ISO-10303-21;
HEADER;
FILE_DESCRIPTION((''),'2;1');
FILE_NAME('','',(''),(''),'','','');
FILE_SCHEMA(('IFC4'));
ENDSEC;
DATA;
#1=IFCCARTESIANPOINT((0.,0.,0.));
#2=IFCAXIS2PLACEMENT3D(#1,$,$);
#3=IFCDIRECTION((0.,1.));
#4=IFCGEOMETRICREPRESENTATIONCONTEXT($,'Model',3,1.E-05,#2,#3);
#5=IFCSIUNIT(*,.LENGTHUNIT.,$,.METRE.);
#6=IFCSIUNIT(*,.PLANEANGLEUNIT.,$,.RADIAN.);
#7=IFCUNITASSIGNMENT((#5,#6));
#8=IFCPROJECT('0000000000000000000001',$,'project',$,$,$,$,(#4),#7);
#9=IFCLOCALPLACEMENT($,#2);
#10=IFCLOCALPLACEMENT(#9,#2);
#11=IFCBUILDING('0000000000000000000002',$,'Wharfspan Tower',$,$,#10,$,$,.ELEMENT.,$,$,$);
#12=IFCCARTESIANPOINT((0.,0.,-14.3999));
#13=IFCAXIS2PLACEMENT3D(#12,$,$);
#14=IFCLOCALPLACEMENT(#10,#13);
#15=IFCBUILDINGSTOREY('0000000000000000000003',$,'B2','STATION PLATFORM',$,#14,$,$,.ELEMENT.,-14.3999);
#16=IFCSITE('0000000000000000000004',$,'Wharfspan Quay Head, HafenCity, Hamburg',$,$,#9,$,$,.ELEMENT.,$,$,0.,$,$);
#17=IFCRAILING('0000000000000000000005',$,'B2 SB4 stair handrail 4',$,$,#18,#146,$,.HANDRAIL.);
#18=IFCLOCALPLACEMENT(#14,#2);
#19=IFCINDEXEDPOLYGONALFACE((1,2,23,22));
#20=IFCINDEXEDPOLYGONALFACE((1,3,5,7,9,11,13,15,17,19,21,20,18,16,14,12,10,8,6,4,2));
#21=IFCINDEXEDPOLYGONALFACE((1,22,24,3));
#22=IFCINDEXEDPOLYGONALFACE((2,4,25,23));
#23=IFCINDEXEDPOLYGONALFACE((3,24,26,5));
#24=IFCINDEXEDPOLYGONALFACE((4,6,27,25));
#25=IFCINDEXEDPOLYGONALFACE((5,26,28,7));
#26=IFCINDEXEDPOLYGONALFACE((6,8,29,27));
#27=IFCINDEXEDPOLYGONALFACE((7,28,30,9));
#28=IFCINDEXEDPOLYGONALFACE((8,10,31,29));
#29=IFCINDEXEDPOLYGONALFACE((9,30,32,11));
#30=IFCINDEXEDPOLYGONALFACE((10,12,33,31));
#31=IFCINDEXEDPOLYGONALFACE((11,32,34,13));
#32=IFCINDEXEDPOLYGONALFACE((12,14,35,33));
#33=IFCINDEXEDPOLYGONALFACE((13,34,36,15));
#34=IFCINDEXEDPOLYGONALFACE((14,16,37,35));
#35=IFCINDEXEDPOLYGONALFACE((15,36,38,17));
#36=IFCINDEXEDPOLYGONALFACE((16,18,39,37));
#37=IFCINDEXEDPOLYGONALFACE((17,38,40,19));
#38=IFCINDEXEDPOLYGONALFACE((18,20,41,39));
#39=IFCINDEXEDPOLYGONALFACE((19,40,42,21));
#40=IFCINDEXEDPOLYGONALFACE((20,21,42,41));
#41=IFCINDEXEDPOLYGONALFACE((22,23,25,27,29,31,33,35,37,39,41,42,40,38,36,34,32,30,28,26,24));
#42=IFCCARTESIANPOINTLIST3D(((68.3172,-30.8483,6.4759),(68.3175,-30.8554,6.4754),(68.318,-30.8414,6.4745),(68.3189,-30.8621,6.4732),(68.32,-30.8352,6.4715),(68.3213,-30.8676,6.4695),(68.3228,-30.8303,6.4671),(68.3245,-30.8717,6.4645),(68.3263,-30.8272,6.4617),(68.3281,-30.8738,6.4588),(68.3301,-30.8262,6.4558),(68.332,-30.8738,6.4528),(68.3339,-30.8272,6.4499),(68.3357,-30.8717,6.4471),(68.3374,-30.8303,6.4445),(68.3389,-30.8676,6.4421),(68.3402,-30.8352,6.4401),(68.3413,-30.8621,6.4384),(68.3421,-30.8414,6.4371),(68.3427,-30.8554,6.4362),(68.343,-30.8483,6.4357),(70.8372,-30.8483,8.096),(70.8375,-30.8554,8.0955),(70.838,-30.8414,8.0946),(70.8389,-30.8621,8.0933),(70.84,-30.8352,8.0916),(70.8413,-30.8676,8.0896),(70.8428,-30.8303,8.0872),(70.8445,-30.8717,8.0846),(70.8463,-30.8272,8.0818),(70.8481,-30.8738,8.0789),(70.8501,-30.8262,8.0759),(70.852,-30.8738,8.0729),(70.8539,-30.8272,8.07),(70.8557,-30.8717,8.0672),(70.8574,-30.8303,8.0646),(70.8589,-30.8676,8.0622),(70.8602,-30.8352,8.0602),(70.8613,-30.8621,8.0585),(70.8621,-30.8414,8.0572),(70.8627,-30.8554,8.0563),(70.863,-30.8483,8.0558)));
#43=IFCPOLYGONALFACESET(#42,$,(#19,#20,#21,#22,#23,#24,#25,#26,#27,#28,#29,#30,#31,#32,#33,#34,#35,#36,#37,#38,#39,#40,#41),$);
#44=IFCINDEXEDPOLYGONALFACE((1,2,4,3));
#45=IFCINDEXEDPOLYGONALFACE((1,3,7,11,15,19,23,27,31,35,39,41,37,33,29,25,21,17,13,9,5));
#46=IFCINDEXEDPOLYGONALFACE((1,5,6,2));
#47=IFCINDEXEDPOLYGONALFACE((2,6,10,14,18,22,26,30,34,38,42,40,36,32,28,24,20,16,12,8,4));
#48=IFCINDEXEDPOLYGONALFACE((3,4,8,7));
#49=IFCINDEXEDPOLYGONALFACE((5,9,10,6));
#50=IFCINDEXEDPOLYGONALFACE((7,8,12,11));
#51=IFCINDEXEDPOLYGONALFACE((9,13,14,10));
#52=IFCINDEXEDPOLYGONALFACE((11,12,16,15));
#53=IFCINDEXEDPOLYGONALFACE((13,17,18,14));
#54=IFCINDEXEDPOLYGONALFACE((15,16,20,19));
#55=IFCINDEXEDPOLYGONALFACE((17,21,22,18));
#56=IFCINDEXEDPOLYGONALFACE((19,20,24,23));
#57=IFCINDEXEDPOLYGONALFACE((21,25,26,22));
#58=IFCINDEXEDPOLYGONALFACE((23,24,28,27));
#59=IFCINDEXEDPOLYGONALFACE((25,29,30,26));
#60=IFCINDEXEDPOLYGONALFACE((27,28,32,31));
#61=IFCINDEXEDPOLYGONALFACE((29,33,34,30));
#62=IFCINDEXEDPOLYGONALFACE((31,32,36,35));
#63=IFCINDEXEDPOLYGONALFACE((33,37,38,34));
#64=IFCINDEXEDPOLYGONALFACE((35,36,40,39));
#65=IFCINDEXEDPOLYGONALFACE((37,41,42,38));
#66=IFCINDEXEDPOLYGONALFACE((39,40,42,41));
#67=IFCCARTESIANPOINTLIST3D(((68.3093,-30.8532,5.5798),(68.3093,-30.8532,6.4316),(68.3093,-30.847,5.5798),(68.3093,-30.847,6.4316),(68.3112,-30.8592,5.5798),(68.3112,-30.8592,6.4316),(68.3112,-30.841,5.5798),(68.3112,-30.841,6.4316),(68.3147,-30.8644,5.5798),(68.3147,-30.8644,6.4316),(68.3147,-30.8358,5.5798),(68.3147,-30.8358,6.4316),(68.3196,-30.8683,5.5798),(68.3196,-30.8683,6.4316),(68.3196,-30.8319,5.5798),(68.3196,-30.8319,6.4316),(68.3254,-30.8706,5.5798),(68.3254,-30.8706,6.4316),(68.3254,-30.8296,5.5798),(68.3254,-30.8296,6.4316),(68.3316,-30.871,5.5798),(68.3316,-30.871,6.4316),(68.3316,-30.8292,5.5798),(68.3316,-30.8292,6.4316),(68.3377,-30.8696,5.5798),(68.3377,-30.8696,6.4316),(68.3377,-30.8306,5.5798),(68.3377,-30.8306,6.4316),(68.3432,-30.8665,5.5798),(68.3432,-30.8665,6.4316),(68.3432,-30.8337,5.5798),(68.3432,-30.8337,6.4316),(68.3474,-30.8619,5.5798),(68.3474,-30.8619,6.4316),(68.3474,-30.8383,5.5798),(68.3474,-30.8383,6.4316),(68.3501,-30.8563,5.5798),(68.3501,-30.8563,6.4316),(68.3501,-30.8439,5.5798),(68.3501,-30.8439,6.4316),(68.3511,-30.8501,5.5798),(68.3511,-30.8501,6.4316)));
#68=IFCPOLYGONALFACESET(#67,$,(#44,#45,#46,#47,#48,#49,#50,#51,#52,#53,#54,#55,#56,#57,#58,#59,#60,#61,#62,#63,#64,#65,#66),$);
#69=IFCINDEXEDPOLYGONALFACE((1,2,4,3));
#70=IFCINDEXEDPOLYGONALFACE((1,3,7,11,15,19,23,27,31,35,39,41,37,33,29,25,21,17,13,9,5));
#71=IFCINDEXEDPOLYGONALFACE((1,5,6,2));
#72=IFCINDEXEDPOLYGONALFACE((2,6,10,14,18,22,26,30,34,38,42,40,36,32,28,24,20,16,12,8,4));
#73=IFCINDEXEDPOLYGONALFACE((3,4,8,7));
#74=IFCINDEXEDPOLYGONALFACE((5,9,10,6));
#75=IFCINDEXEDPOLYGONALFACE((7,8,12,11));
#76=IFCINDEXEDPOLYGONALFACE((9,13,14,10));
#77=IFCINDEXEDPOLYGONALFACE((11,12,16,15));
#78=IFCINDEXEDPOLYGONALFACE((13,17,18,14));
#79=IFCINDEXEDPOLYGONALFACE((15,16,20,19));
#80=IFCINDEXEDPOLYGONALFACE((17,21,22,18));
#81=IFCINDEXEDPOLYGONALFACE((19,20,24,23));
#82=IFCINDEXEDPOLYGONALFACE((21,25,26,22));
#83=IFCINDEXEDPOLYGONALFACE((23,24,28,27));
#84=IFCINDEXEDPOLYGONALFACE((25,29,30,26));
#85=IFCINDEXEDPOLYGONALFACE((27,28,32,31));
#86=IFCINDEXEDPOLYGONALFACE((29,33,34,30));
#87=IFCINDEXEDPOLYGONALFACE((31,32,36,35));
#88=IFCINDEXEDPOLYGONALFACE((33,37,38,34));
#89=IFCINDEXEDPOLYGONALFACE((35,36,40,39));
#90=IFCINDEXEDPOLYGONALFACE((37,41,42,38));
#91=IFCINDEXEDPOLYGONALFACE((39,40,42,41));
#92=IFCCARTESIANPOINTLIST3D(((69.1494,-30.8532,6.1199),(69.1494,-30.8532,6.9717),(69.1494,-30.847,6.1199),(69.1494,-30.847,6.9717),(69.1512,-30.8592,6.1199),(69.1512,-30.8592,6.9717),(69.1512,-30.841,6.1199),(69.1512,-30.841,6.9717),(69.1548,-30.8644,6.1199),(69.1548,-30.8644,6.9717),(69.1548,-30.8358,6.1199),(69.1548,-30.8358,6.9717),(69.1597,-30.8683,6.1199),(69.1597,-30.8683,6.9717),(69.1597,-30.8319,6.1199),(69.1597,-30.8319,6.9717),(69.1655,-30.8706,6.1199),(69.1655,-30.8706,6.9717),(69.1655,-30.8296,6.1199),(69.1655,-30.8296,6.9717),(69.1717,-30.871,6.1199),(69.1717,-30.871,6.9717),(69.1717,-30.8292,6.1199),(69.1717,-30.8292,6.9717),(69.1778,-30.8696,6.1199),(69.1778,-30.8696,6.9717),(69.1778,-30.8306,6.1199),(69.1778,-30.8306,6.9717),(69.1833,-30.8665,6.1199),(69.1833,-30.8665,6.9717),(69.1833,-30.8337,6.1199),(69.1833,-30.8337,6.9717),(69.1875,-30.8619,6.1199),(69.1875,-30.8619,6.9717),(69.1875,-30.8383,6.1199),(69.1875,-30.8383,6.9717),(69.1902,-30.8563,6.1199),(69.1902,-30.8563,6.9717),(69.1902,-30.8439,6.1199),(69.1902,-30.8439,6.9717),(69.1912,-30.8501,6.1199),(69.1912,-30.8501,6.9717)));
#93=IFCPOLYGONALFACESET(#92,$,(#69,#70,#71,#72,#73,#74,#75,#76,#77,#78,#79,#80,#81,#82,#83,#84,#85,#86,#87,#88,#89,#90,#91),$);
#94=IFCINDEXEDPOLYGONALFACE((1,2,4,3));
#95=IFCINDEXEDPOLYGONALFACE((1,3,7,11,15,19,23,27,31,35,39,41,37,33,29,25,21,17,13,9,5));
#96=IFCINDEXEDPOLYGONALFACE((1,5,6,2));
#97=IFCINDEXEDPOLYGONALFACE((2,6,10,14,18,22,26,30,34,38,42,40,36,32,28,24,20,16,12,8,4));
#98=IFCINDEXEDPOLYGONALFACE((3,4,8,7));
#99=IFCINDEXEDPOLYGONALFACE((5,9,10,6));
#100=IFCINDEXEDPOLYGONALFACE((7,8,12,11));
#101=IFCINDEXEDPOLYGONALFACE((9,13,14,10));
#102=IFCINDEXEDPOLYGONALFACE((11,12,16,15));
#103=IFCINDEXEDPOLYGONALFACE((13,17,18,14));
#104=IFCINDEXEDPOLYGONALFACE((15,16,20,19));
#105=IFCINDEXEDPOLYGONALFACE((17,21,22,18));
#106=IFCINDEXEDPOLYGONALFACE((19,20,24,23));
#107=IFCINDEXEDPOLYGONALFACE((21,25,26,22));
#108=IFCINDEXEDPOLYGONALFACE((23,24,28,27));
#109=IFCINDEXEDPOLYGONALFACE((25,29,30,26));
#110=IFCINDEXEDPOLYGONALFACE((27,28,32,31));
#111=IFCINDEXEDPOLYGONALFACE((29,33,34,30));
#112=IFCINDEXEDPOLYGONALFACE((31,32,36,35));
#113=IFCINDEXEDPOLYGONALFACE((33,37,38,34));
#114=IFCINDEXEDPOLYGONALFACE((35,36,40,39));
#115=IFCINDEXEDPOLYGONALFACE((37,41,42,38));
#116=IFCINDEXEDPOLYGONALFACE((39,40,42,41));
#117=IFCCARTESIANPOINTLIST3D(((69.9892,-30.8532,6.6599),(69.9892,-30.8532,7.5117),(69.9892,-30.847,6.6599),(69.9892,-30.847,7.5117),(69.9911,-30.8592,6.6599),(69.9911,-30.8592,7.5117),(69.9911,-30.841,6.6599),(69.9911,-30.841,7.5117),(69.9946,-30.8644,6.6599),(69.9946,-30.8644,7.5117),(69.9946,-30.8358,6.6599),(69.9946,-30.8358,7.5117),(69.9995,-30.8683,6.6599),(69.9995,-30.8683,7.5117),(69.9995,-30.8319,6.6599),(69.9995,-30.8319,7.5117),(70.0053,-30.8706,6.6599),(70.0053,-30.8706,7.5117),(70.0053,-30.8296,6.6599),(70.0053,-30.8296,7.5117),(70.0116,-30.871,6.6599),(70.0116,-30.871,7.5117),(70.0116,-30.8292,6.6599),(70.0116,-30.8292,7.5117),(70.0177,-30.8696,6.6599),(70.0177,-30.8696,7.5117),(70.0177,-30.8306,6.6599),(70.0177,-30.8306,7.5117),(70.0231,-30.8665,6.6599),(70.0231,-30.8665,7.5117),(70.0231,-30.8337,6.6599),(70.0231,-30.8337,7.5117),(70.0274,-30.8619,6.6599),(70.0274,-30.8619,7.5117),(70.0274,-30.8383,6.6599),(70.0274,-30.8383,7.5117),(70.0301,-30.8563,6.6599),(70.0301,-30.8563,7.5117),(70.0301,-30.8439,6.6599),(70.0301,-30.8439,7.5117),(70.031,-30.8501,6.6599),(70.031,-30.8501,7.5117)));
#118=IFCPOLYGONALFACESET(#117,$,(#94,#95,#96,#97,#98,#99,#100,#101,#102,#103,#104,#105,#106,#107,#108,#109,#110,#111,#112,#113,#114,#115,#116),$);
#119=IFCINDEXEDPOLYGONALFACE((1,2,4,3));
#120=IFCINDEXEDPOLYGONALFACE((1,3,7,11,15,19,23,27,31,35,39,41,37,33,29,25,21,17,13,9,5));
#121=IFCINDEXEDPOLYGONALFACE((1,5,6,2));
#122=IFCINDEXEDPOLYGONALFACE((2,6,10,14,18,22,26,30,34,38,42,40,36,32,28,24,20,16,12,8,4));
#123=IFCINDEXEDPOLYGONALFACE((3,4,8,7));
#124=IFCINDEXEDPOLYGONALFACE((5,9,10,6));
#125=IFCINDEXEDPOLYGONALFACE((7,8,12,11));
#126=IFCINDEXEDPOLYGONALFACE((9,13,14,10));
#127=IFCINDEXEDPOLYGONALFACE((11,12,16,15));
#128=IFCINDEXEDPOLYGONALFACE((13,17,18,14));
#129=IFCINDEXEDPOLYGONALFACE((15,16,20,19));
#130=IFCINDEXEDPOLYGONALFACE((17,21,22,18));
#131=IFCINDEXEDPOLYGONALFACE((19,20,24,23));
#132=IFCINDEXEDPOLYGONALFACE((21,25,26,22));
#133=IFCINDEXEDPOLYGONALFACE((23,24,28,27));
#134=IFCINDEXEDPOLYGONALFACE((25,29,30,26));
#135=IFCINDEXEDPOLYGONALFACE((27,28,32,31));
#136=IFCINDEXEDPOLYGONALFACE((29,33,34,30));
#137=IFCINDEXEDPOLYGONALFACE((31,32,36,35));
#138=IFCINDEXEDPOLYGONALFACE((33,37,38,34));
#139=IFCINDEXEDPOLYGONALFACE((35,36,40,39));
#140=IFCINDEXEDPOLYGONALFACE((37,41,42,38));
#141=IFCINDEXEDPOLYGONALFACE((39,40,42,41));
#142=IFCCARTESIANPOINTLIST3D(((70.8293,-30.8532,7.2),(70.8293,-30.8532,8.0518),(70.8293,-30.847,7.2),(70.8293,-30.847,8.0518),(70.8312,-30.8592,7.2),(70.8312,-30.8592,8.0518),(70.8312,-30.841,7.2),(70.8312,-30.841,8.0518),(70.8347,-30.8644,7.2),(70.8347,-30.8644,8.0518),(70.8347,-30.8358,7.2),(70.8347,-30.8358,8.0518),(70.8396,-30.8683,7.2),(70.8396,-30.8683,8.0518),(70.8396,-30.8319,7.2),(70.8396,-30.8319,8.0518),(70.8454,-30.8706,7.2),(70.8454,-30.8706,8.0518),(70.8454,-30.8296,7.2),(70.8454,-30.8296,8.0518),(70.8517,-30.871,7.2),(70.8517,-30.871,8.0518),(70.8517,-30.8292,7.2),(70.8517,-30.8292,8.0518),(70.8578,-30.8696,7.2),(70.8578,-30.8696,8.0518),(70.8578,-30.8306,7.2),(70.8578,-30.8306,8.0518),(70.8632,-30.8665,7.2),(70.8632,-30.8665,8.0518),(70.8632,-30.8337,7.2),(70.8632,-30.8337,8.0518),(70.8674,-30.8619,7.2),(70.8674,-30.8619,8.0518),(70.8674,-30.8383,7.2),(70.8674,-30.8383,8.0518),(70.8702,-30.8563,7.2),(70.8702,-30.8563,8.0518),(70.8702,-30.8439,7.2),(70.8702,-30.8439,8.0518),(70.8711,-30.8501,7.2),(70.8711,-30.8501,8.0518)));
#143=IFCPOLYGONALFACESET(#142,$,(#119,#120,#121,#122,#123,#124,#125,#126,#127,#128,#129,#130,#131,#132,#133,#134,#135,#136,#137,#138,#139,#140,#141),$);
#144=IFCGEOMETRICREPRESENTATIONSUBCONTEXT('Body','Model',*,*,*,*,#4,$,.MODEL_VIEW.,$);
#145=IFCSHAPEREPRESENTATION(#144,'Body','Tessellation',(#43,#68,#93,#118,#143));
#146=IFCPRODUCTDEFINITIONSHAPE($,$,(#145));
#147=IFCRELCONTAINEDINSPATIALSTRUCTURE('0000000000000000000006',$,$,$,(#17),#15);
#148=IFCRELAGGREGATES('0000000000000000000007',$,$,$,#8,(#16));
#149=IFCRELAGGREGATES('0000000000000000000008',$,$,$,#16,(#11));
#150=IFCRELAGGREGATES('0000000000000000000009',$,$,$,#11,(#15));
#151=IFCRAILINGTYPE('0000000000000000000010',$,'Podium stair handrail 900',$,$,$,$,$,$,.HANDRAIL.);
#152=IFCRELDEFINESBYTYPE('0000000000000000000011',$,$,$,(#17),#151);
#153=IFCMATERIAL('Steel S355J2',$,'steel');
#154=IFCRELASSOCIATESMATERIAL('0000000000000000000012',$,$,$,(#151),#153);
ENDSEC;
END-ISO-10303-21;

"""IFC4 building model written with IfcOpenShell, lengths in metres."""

from ifc_helpers import new_model, si_unit, direction, frame, origin, origin_2d, place, context, subcontext, project, spatial, circle, extrude, material, type_object, element, save


model = new_model("IFC4")

# Units and contexts
model_context = context("Model", 3, precision=1e-05, world=origin(), true_north=direction((0.0, 1.0)))
body_context = subcontext(model_context, "Body", "Model", "MODEL_VIEW")
ifc_project = project(units=[si_unit("LENGTHUNIT", "METRE"), si_unit("PLANEANGLEUNIT", "RADIAN")], contexts=[model_context])

# Site, building, storey
site_placement = place(None, origin())
site = spatial("IfcSite", under=ifc_project, at=site_placement, Name="Wharfspan Quay Head, HafenCity, Hamburg", CompositionType="ELEMENT", RefElevation=0.0)
building_placement = place(site_placement, origin())
building = spatial("IfcBuilding", under=site, at=building_placement, Name="Wharfspan Tower", CompositionType="ELEMENT")
storey_placement = place(building_placement, frame((0.0, 0.0, -14.3999)))
storey = spatial("IfcBuildingStorey", under=building, at=storey_placement, Name="B2", Description="STATION PLATFORM", CompositionType="ELEMENT", Elevation=-14.3999)

# Railing
ifc_material_1 = material(Name="Steel S355J2", Category="steel")
railing_type_1 = type_object("IfcRailingType", Name="Podium stair handrail 900", PredefinedType="HANDRAIL", material=ifc_material_1)
railing_1_placement = place(storey_placement, frame((68.3301, -30.8501, 5.5798)))
element("IfcRailing", 1, at=railing_1_placement, inside=storey, type_object=railing_type_1, Name="B2 SB4 stair handrail 4", PredefinedType="HANDRAIL", context=body_context, shape_type="SweptSolid", body=[
    extrude(circle(Radius=0.0239, at=origin_2d()), frame((0.0, 0.0, 0.876), z_axis=(0.841163, 0.0, 0.540782), x_axis=(0.0, 1.0, 0.0)), (0.0, 0.0, 1.0), 2.9958),
    extrude(circle(Radius=0.021, at=origin_2d()), origin(), (0.0, 0.0, 1.0), 0.8518),
    extrude(circle(Radius=0.021, at=origin_2d()), frame((0.8401, 0.0, 0.54)), (0.0, 0.0, 1.0), 0.8518),
    extrude(circle(Radius=0.021, at=origin_2d()), frame((1.6799, 0.0, 1.0801)), (0.0, 0.0, 1.0), 0.8518),
    extrude(circle(Radius=0.021, at=origin_2d()), frame((2.52, 0.0, 1.6201)), (0.0, 0.0, 1.0), 0.8518),
])

save(model, "model.ifc")
